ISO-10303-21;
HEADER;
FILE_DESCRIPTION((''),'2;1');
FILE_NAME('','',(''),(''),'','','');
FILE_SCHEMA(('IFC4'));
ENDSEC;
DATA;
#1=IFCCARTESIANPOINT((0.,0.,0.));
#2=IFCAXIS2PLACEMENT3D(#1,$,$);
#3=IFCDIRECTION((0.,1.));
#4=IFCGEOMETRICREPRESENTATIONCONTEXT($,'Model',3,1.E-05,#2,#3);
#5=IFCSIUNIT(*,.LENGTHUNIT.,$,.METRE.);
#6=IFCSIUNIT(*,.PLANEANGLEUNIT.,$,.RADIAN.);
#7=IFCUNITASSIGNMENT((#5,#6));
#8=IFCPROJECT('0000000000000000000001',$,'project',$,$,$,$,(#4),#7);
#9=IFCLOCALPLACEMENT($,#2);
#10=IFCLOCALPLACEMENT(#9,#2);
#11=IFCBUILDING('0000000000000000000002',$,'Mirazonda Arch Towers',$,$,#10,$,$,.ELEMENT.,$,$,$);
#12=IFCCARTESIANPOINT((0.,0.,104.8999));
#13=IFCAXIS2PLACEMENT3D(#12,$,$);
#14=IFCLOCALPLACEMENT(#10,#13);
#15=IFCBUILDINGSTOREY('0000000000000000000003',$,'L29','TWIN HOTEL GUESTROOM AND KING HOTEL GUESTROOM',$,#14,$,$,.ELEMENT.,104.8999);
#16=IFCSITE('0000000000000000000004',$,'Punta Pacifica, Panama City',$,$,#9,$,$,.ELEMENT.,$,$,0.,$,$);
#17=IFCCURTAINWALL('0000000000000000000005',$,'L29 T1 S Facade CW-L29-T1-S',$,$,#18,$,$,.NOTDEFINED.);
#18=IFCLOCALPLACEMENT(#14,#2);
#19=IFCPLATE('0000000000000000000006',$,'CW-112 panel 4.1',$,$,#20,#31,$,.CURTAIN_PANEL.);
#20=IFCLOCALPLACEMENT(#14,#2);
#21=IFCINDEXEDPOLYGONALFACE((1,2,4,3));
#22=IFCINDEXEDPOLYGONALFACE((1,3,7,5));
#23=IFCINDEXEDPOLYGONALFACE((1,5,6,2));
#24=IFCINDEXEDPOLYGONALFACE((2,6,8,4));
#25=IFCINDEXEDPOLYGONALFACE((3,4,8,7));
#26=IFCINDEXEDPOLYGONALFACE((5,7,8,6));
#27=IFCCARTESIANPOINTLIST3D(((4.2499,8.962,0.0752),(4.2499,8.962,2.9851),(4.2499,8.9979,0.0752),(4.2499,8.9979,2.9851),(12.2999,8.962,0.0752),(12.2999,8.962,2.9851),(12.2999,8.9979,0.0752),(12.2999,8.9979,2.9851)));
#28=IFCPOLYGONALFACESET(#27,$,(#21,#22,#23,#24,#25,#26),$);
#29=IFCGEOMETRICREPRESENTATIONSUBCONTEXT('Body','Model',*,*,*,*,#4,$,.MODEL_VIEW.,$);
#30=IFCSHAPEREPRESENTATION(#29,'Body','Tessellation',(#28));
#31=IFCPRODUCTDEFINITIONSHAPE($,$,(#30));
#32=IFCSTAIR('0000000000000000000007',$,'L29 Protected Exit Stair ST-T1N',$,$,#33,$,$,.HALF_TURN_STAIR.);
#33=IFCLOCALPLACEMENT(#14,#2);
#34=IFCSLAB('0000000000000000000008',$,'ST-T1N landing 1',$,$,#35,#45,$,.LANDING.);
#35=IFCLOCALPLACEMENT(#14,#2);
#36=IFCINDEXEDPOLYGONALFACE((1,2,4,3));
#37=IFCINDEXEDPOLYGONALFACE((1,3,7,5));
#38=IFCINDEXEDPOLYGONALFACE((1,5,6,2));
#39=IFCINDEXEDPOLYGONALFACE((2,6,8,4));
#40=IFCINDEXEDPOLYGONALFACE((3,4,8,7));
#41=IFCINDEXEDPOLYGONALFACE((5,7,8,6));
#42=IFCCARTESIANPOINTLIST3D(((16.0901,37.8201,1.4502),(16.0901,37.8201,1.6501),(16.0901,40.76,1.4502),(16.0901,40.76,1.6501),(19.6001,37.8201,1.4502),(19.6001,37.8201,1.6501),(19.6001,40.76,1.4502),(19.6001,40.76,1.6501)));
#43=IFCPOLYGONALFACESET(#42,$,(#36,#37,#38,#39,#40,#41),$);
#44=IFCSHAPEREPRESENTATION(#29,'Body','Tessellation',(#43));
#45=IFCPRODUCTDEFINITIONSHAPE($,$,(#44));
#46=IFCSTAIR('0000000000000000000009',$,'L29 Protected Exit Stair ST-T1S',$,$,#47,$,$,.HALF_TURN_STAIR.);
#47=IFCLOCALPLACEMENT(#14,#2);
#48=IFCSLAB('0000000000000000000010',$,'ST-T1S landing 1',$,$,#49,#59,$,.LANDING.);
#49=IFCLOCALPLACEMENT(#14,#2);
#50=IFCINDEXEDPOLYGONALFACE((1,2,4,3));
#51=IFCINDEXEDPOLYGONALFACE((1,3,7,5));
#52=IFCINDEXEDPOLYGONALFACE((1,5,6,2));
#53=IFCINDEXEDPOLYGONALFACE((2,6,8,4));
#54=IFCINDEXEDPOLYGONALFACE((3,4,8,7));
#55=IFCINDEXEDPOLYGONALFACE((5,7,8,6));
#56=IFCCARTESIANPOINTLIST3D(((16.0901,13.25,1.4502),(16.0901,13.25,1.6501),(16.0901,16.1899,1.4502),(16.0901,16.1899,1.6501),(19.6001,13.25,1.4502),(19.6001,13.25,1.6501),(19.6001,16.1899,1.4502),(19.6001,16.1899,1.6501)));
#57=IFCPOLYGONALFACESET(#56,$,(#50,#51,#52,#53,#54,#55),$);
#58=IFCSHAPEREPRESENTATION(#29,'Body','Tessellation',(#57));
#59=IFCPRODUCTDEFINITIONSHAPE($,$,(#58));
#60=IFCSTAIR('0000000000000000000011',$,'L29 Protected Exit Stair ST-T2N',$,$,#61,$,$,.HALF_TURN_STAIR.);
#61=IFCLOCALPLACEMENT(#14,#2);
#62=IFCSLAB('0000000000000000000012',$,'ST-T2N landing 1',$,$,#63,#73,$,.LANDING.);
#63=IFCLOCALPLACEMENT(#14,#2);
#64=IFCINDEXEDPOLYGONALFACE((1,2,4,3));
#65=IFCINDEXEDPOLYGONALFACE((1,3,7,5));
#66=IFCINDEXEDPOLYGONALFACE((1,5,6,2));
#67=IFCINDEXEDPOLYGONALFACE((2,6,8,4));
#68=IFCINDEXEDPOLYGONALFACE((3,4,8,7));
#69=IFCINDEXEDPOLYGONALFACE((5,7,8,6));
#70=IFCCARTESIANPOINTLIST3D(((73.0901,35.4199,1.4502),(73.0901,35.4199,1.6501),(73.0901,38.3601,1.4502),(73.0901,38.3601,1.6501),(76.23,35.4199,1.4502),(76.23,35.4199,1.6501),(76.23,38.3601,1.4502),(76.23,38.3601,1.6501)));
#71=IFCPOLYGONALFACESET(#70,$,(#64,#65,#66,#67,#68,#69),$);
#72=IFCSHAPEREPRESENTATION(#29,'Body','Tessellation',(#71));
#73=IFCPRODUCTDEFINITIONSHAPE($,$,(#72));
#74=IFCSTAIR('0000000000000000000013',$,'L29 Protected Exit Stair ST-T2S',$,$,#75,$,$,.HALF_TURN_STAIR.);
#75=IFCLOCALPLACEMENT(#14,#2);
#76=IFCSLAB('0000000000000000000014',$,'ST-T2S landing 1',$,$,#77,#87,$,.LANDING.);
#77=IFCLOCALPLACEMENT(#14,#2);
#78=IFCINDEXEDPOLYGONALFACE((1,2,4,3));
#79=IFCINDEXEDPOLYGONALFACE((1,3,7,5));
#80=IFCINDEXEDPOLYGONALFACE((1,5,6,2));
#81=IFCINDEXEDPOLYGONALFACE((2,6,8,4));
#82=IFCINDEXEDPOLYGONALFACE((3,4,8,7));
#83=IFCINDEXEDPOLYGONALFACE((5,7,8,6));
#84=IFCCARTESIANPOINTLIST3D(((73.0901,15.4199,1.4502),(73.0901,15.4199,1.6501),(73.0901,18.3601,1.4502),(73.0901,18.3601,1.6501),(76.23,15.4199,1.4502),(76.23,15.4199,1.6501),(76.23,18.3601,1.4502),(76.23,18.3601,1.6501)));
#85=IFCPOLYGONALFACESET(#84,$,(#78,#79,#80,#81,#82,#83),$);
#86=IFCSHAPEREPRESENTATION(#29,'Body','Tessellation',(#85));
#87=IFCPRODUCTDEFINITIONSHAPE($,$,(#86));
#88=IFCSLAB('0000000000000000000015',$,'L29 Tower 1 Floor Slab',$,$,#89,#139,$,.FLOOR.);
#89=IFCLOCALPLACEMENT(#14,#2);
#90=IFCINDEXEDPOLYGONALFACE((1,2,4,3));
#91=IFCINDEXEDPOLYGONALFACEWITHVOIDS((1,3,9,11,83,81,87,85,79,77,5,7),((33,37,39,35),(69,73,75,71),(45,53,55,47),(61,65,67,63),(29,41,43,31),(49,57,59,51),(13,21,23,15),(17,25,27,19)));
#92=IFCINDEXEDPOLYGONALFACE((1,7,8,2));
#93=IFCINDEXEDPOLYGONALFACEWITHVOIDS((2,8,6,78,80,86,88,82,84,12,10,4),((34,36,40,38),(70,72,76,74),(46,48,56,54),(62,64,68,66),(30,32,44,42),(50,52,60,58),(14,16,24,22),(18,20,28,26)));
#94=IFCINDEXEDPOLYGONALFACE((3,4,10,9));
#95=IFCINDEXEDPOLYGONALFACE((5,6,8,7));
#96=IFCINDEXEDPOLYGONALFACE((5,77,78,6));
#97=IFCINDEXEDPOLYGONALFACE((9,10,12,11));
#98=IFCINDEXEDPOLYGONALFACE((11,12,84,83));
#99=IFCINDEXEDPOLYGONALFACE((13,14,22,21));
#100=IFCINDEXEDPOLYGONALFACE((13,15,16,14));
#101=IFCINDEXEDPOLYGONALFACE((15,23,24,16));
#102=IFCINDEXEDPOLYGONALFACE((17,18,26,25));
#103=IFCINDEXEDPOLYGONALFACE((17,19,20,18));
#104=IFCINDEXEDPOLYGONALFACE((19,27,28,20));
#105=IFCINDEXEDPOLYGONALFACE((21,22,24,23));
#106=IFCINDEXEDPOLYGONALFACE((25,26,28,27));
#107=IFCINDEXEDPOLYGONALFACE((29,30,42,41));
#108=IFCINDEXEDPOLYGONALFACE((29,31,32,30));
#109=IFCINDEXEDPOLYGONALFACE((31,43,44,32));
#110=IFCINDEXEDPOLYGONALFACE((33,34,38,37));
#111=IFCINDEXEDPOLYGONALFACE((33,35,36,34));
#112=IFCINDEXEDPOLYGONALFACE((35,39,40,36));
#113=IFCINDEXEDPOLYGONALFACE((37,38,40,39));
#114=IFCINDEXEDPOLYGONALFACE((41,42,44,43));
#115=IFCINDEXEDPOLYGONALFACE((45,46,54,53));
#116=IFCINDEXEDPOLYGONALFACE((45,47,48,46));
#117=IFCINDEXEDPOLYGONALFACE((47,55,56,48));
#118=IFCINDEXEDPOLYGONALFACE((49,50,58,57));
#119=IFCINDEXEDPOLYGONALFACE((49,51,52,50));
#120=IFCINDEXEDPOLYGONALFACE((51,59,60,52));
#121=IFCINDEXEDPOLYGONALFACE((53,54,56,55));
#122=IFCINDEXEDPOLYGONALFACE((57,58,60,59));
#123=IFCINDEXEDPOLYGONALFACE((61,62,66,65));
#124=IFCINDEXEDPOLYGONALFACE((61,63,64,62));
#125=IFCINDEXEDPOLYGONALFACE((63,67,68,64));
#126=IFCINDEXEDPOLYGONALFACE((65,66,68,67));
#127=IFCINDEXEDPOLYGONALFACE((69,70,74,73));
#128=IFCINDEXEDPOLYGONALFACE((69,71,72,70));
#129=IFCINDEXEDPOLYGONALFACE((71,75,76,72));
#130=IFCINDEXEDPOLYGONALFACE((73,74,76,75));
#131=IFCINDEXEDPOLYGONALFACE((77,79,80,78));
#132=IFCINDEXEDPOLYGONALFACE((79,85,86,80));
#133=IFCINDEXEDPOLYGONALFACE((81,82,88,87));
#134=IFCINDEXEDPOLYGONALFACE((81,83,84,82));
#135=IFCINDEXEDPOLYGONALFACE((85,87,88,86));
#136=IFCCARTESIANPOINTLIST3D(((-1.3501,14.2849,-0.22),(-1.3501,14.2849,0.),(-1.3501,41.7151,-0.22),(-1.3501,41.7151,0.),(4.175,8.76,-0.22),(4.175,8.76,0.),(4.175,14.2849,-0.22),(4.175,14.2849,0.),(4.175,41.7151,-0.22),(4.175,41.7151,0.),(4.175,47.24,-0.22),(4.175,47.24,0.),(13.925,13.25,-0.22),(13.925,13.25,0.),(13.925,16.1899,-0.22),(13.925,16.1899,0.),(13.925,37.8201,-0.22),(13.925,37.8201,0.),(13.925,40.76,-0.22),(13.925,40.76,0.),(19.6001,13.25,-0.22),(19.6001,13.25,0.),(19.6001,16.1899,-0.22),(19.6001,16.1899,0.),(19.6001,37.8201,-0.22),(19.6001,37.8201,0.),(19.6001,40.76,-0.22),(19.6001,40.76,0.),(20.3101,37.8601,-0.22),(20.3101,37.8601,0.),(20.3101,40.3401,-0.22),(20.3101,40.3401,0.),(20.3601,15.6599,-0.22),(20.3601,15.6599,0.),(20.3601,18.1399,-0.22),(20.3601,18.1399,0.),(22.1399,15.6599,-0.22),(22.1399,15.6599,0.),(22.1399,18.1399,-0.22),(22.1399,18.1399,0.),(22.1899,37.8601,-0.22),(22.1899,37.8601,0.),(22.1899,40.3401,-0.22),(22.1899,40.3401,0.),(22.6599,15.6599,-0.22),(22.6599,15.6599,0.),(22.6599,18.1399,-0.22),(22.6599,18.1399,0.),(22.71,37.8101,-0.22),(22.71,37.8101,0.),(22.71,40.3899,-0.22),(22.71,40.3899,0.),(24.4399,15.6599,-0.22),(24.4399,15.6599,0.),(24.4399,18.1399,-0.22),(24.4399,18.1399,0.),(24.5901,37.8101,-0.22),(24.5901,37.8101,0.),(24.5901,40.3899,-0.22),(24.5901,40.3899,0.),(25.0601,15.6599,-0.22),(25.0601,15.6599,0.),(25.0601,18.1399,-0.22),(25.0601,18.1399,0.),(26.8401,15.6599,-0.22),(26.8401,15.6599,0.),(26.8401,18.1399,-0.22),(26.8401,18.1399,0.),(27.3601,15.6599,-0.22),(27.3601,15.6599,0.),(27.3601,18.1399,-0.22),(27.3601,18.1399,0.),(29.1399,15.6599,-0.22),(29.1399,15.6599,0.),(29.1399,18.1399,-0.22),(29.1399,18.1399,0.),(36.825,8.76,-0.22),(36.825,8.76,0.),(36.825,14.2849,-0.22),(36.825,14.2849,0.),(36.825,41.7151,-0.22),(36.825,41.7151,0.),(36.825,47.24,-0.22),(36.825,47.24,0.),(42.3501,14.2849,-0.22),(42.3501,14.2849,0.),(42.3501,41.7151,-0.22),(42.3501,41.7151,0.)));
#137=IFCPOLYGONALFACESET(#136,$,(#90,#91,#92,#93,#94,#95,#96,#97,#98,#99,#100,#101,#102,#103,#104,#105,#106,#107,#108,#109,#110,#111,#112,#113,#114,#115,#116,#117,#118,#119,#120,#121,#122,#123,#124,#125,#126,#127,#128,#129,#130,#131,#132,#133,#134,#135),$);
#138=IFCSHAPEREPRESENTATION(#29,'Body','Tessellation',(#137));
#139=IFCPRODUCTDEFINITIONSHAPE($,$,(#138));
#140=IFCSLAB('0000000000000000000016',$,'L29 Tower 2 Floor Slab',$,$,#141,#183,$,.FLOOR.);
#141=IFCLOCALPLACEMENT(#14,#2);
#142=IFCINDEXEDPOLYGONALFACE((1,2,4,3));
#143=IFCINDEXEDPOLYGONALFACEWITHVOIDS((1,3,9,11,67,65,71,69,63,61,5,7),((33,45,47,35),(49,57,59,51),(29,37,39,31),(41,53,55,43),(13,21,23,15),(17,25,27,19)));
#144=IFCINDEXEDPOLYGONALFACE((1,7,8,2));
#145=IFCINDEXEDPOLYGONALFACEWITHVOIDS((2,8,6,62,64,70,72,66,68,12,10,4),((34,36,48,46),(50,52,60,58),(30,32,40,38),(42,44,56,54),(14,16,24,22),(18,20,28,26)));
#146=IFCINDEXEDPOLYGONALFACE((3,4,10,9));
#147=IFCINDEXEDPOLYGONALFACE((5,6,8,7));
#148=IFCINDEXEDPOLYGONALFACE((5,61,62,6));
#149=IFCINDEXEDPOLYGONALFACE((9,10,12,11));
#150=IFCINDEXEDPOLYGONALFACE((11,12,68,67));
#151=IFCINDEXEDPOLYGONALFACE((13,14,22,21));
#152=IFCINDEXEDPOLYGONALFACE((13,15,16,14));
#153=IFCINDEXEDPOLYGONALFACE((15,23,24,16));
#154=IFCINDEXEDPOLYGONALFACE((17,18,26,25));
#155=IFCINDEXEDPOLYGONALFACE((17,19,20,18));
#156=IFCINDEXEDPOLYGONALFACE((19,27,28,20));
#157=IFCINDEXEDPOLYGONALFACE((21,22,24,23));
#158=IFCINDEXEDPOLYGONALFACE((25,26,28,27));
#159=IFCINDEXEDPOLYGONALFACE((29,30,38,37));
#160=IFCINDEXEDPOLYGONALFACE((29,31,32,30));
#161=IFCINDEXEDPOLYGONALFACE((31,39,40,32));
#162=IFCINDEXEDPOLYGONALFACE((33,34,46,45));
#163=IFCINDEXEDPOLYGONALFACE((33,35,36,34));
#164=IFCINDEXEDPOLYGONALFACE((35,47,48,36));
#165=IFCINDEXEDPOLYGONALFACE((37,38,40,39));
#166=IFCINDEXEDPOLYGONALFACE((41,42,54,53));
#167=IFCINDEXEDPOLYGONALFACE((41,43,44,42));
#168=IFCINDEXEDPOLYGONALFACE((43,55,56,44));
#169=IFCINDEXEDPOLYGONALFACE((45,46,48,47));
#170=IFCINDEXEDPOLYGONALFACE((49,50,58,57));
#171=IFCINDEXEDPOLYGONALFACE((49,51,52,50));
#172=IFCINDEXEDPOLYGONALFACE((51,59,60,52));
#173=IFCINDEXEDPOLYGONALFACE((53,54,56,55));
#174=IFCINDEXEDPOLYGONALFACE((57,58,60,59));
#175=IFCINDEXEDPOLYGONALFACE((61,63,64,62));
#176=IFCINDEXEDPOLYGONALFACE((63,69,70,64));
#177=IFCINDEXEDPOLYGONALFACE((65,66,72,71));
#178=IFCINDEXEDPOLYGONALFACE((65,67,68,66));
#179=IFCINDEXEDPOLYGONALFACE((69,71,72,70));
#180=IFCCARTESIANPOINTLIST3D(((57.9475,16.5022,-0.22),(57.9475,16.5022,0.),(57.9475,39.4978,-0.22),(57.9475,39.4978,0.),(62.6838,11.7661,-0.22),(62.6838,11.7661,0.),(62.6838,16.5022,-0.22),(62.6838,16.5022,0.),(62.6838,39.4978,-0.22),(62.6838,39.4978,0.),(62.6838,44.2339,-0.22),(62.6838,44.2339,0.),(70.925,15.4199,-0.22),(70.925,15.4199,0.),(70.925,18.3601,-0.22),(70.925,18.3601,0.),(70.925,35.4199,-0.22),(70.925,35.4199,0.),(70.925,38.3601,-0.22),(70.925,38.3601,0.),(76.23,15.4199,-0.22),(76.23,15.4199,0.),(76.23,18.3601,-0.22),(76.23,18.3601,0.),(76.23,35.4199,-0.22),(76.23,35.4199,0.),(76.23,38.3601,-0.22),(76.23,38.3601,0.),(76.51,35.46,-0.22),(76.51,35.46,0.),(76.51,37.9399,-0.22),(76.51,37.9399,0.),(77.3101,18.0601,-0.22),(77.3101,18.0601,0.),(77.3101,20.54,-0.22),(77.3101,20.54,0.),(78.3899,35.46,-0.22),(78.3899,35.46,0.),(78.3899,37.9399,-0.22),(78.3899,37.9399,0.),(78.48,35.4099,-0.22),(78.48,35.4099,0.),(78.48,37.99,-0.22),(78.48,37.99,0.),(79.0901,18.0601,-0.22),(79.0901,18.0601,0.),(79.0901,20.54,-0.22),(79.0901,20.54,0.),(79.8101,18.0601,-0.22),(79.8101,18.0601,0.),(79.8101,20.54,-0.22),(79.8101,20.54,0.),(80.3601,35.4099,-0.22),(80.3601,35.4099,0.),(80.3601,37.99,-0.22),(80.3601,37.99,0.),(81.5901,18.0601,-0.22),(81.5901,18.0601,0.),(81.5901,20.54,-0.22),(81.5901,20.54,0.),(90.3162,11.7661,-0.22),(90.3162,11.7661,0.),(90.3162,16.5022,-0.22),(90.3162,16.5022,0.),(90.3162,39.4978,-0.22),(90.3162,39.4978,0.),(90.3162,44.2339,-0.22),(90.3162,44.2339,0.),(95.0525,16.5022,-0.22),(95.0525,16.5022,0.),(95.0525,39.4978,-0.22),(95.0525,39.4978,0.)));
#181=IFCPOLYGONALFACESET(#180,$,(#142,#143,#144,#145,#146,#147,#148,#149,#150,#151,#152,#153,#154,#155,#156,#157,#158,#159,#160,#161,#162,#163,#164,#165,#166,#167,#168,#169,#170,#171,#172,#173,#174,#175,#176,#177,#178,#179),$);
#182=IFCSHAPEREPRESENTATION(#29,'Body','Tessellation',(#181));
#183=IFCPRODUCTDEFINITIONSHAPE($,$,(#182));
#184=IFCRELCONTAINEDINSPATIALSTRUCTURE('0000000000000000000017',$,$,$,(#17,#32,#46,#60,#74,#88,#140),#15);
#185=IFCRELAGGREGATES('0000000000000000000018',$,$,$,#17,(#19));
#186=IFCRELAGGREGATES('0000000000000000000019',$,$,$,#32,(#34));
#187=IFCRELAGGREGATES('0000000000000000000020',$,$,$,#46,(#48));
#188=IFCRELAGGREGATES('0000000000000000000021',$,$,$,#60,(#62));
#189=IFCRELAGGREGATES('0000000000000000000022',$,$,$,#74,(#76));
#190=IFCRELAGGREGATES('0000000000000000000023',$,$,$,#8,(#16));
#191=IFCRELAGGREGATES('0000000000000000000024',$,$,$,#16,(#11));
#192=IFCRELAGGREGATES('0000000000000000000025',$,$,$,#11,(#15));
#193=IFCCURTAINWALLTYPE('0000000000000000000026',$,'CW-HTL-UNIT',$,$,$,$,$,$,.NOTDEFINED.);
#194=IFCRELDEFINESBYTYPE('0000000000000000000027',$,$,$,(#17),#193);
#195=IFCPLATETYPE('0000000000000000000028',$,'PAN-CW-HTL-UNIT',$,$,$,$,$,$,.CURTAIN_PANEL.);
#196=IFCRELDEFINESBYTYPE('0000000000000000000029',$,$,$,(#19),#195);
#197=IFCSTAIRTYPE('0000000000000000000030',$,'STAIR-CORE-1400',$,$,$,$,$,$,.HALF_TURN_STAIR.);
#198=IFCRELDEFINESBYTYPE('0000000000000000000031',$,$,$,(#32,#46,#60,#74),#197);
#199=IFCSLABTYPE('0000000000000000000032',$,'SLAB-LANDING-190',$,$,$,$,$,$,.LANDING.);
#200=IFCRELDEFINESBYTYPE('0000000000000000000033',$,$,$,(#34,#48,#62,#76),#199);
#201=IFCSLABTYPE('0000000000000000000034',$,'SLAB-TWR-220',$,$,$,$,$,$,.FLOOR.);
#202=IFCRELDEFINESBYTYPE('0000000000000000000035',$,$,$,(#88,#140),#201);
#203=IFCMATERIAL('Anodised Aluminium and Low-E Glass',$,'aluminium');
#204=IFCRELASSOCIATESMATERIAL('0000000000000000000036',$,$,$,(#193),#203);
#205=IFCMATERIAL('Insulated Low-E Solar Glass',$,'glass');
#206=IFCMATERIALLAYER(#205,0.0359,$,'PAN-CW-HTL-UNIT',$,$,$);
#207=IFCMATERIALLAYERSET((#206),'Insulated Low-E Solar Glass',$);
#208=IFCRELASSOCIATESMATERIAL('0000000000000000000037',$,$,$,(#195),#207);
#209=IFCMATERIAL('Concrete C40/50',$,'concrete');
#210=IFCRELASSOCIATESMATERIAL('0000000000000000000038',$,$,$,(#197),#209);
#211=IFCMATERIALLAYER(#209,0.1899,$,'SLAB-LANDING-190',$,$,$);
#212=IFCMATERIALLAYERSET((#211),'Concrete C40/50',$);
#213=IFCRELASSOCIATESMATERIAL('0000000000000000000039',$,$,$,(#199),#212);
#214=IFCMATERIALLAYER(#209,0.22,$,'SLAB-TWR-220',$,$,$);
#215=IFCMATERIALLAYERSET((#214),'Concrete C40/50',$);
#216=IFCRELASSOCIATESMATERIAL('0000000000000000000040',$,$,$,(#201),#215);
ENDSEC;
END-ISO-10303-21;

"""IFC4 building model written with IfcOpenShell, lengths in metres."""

from ifc_helpers import new_model, si_unit, direction, frame, origin, origin_2d, place, context, subcontext, project, spatial, polyline, rectangle, outline, extrude, material, layer, layer_set, type_object, element, aggregate, save


model = new_model("IFC4")

# Units and contexts
model_context = context("Model", 3, precision=1e-05, world=origin(), true_north=direction((0.0, 1.0)))
body_context = subcontext(model_context, "Body", "Model", "MODEL_VIEW")
ifc_project = project(units=[si_unit("LENGTHUNIT", "METRE"), si_unit("PLANEANGLEUNIT", "RADIAN")], contexts=[model_context])

# Site, building, storey
site_placement = place(None, origin())
site = spatial("IfcSite", under=ifc_project, at=site_placement, Name="Punta Pacifica, Panama City", CompositionType="ELEMENT", RefElevation=0.0)
building_placement = place(site_placement, origin())
building = spatial("IfcBuilding", under=site, at=building_placement, Name="Mirazonda Arch Towers", CompositionType="ELEMENT")
storey_placement = place(building_placement, frame((0.0, 0.0, 104.8999)))
storey = spatial("IfcBuildingStorey", under=building, at=storey_placement, Name="L29", Description="TWIN HOTEL GUESTROOM AND KING HOTEL GUESTROOM", CompositionType="ELEMENT", Elevation=104.8999)

# Curtain wall
ifc_material_1 = material(Name="Anodised Aluminium and Low-E Glass", Category="aluminium")
curtain_wall_type = type_object("IfcCurtainWallType", Name="CW-HTL-UNIT", PredefinedType="NOTDEFINED", material=ifc_material_1)
curtain_wall_1_placement = place(storey_placement, origin())
curtain_wall_1 = element("IfcCurtainWall", 1, at=curtain_wall_1_placement, inside=storey, type_object=curtain_wall_type, Name="L29 T1 S Facade CW-L29-T1-S", PredefinedType="NOTDEFINED")

# Plate
ifc_material_2 = material(Name="Insulated Low-E Solar Glass", Category="glass")
ifc_layer_1 = layer(ifc_material_2, 0.0359, Name="PAN-CW-HTL-UNIT")
ifc_layer_set_1 = layer_set([ifc_layer_1], Name="Insulated Low-E Solar Glass")
plate_type = type_object("IfcPlateType", Name="PAN-CW-HTL-UNIT", PredefinedType="CURTAIN_PANEL", material=ifc_layer_set_1)
plate_placement = place(storey_placement, frame((8.2749, 8.98, 0.0752), z_axis=(0.0, 0.0, 1.0), x_axis=(-1.0, 0.0, 0.0)))
plate = element("IfcPlate", 2, at=plate_placement, type_object=plate_type, Name="CW-112 panel 4.1", PredefinedType="CURTAIN_PANEL", context=body_context, shape_type="SweptSolid", body=[
    extrude(rectangle(XDim=8.05, YDim=0.0359, at=origin_2d()), origin(), (0.0, 0.0, 1.0), 2.9099),
])
aggregate(curtain_wall_1, [plate])

# Stairs, slabs
ifc_material_3 = material(Name="Concrete C40/50", Category="concrete")
stair_type = type_object("IfcStairType", Name="STAIR-CORE-1400", PredefinedType="HALF_TURN_STAIR", material=ifc_material_3)
stair_1_placement = place(storey_placement, origin())
stair_1 = element("IfcStair", 3, at=stair_1_placement, inside=storey, type_object=stair_type, Name="L29 Protected Exit Stair ST-T1N", PredefinedType="HALF_TURN_STAIR")
ifc_layer_2 = layer(ifc_material_3, 0.1899, Name="SLAB-LANDING-190")
ifc_layer_set_2 = layer_set([ifc_layer_2], Name="Concrete C40/50")
slab_type_1 = type_object("IfcSlabType", Name="SLAB-LANDING-190", PredefinedType="LANDING", material=ifc_layer_set_2)
slab_1_placement = place(storey_placement, frame((0.0, 0.0, 1.4502)))
slab_1 = element("IfcSlab", 4, at=slab_1_placement, type_object=slab_type_1, Name="ST-T1N landing 1", PredefinedType="LANDING", context=body_context, shape_type="SweptSolid", body=[
    extrude(outline(polyline([(16.0901, 37.8201), (19.6001, 37.8201), (19.6001, 40.76), (16.0901, 40.76), (16.0901, 37.8201)])), origin(), (0.0, 0.0, 1.0), 0.2),
])
aggregate(stair_1, [slab_1])
stair_2_placement = place(storey_placement, origin())
stair_2 = element("IfcStair", 5, at=stair_2_placement, inside=storey, type_object=stair_type, Name="L29 Protected Exit Stair ST-T1S", PredefinedType="HALF_TURN_STAIR")
slab_2_placement = place(storey_placement, frame((0.0, 0.0, 1.4502)))
slab_2 = element("IfcSlab", 6, at=slab_2_placement, type_object=slab_type_1, Name="ST-T1S landing 1", PredefinedType="LANDING", context=body_context, shape_type="SweptSolid", body=[
    extrude(outline(polyline([(16.0901, 13.25), (19.6001, 13.25), (19.6001, 16.1899), (16.0901, 16.1899), (16.0901, 13.25)])), origin(), (0.0, 0.0, 1.0), 0.2),
])
aggregate(stair_2, [slab_2])
stair_3_placement = place(storey_placement, origin())
stair_3 = element("IfcStair", 7, at=stair_3_placement, inside=storey, type_object=stair_type, Name="L29 Protected Exit Stair ST-T2N", PredefinedType="HALF_TURN_STAIR")
slab_3_placement = place(storey_placement, frame((0.0, 0.0, 1.4502)))
slab_3 = element("IfcSlab", 8, at=slab_3_placement, type_object=slab_type_1, Name="ST-T2N landing 1", PredefinedType="LANDING", context=body_context, shape_type="SweptSolid", body=[
    extrude(outline(polyline([(73.0901, 35.4199), (76.23, 35.4199), (76.23, 38.3601), (73.0901, 38.3601), (73.0901, 35.4199)])), origin(), (0.0, 0.0, 1.0), 0.2),
])
aggregate(stair_3, [slab_3])
stair_4_placement = place(storey_placement, origin())
stair_4 = element("IfcStair", 9, at=stair_4_placement, inside=storey, type_object=stair_type, Name="L29 Protected Exit Stair ST-T2S", PredefinedType="HALF_TURN_STAIR")
slab_4_placement = place(storey_placement, frame((0.0, 0.0, 1.4502)))
slab_4 = element("IfcSlab", 10, at=slab_4_placement, type_object=slab_type_1, Name="ST-T2S landing 1", PredefinedType="LANDING", context=body_context, shape_type="SweptSolid", body=[
    extrude(outline(polyline([(73.0901, 15.4199), (76.23, 15.4199), (76.23, 18.3601), (73.0901, 18.3601), (73.0901, 15.4199)])), origin(), (0.0, 0.0, 1.0), 0.2),
])
aggregate(stair_4, [slab_4])

# Slabs
ifc_layer_3 = layer(ifc_material_3, 0.22, Name="SLAB-TWR-220")
ifc_layer_set_3 = layer_set([ifc_layer_3], Name="Concrete C40/50")
slab_type_2 = type_object("IfcSlabType", Name="SLAB-TWR-220", PredefinedType="FLOOR", material=ifc_layer_set_3)
slab_5_placement = place(storey_placement, frame((0.0, 0.0, -0.22)))
element("IfcSlab", 11, at=slab_5_placement, inside=storey, type_object=slab_type_2, Name="L29 Tower 1 Floor Slab", PredefinedType="FLOOR", context=body_context, shape_type="SweptSolid", body=[
    extrude(outline(polyline([(4.175, 8.76), (36.825, 8.76), (36.825, 14.2849), (42.3501, 14.2849), (42.3501, 41.7151), (36.825, 41.7151), (36.825, 47.24), (4.175, 47.24), (4.175, 41.7151), (-1.3501, 41.7151), (-1.3501, 14.2849), (4.175, 14.2849), (4.175, 8.76)]), holes=[polyline([(27.3601, 18.1399), (29.1399, 18.1399), (29.1399, 15.6599), (27.3601, 15.6599), (27.3601, 18.1399)]), polyline([(25.0601, 18.1399), (26.8401, 18.1399), (26.8401, 15.6599), (25.0601, 15.6599), (25.0601, 18.1399)]), polyline([(22.71, 40.3899), (24.5901, 40.3899), (24.5901, 37.8101), (22.71, 37.8101), (22.71, 40.3899)]), polyline([(22.6599, 18.1399), (24.4399, 18.1399), (24.4399, 15.6599), (22.6599, 15.6599), (22.6599, 18.1399)]), polyline([(20.3101, 40.3401), (22.1899, 40.3401), (22.1899, 37.8601), (20.3101, 37.8601), (20.3101, 40.3401)]), polyline([(20.3601, 18.1399), (22.1399, 18.1399), (22.1399, 15.6599), (20.3601, 15.6599), (20.3601, 18.1399)]), polyline([(13.925, 13.25), (13.925, 16.1899), (19.6001, 16.1899), (19.6001, 13.25), (13.925, 13.25)]), polyline([(13.925, 37.8201), (13.925, 40.76), (19.6001, 40.76), (19.6001, 37.8201), (13.925, 37.8201)])]), origin(), (0.0, 0.0, 1.0), 0.22),
])
slab_6_placement = place(storey_placement, frame((0.0, 0.0, -0.22)))
element("IfcSlab", 12, at=slab_6_placement, inside=storey, type_object=slab_type_2, Name="L29 Tower 2 Floor Slab", PredefinedType="FLOOR", context=body_context, shape_type="SweptSolid", body=[
    extrude(outline(polyline([(62.6838, 11.7661), (90.3162, 11.7661), (90.3162, 16.5022), (95.0525, 16.5022), (95.0525, 39.4978), (90.3162, 39.4978), (90.3162, 44.2339), (62.6838, 44.2339), (62.6838, 39.4978), (57.9475, 39.4978), (57.9475, 16.5022), (62.6838, 16.5022), (62.6838, 11.7661)]), holes=[polyline([(79.8101, 20.54), (81.5901, 20.54), (81.5901, 18.0601), (79.8101, 18.0601), (79.8101, 20.54)]), polyline([(78.48, 37.99), (80.3601, 37.99), (80.3601, 35.4099), (78.48, 35.4099), (78.48, 37.99)]), polyline([(77.3101, 20.54), (79.0901, 20.54), (79.0901, 18.0601), (77.3101, 18.0601), (77.3101, 20.54)]), polyline([(76.51, 35.46), (76.51, 37.9399), (78.3899, 37.9399), (78.3899, 35.46), (76.51, 35.46)]), polyline([(76.23, 15.4199), (70.925, 15.4199), (70.925, 18.3601), (76.23, 18.3601), (76.23, 15.4199)]), polyline([(70.925, 35.4199), (70.925, 38.3601), (76.23, 38.3601), (76.23, 35.4199), (70.925, 35.4199)])]), origin(), (0.0, 0.0, 1.0), 0.22),
])

save(model, "model.ifc")
